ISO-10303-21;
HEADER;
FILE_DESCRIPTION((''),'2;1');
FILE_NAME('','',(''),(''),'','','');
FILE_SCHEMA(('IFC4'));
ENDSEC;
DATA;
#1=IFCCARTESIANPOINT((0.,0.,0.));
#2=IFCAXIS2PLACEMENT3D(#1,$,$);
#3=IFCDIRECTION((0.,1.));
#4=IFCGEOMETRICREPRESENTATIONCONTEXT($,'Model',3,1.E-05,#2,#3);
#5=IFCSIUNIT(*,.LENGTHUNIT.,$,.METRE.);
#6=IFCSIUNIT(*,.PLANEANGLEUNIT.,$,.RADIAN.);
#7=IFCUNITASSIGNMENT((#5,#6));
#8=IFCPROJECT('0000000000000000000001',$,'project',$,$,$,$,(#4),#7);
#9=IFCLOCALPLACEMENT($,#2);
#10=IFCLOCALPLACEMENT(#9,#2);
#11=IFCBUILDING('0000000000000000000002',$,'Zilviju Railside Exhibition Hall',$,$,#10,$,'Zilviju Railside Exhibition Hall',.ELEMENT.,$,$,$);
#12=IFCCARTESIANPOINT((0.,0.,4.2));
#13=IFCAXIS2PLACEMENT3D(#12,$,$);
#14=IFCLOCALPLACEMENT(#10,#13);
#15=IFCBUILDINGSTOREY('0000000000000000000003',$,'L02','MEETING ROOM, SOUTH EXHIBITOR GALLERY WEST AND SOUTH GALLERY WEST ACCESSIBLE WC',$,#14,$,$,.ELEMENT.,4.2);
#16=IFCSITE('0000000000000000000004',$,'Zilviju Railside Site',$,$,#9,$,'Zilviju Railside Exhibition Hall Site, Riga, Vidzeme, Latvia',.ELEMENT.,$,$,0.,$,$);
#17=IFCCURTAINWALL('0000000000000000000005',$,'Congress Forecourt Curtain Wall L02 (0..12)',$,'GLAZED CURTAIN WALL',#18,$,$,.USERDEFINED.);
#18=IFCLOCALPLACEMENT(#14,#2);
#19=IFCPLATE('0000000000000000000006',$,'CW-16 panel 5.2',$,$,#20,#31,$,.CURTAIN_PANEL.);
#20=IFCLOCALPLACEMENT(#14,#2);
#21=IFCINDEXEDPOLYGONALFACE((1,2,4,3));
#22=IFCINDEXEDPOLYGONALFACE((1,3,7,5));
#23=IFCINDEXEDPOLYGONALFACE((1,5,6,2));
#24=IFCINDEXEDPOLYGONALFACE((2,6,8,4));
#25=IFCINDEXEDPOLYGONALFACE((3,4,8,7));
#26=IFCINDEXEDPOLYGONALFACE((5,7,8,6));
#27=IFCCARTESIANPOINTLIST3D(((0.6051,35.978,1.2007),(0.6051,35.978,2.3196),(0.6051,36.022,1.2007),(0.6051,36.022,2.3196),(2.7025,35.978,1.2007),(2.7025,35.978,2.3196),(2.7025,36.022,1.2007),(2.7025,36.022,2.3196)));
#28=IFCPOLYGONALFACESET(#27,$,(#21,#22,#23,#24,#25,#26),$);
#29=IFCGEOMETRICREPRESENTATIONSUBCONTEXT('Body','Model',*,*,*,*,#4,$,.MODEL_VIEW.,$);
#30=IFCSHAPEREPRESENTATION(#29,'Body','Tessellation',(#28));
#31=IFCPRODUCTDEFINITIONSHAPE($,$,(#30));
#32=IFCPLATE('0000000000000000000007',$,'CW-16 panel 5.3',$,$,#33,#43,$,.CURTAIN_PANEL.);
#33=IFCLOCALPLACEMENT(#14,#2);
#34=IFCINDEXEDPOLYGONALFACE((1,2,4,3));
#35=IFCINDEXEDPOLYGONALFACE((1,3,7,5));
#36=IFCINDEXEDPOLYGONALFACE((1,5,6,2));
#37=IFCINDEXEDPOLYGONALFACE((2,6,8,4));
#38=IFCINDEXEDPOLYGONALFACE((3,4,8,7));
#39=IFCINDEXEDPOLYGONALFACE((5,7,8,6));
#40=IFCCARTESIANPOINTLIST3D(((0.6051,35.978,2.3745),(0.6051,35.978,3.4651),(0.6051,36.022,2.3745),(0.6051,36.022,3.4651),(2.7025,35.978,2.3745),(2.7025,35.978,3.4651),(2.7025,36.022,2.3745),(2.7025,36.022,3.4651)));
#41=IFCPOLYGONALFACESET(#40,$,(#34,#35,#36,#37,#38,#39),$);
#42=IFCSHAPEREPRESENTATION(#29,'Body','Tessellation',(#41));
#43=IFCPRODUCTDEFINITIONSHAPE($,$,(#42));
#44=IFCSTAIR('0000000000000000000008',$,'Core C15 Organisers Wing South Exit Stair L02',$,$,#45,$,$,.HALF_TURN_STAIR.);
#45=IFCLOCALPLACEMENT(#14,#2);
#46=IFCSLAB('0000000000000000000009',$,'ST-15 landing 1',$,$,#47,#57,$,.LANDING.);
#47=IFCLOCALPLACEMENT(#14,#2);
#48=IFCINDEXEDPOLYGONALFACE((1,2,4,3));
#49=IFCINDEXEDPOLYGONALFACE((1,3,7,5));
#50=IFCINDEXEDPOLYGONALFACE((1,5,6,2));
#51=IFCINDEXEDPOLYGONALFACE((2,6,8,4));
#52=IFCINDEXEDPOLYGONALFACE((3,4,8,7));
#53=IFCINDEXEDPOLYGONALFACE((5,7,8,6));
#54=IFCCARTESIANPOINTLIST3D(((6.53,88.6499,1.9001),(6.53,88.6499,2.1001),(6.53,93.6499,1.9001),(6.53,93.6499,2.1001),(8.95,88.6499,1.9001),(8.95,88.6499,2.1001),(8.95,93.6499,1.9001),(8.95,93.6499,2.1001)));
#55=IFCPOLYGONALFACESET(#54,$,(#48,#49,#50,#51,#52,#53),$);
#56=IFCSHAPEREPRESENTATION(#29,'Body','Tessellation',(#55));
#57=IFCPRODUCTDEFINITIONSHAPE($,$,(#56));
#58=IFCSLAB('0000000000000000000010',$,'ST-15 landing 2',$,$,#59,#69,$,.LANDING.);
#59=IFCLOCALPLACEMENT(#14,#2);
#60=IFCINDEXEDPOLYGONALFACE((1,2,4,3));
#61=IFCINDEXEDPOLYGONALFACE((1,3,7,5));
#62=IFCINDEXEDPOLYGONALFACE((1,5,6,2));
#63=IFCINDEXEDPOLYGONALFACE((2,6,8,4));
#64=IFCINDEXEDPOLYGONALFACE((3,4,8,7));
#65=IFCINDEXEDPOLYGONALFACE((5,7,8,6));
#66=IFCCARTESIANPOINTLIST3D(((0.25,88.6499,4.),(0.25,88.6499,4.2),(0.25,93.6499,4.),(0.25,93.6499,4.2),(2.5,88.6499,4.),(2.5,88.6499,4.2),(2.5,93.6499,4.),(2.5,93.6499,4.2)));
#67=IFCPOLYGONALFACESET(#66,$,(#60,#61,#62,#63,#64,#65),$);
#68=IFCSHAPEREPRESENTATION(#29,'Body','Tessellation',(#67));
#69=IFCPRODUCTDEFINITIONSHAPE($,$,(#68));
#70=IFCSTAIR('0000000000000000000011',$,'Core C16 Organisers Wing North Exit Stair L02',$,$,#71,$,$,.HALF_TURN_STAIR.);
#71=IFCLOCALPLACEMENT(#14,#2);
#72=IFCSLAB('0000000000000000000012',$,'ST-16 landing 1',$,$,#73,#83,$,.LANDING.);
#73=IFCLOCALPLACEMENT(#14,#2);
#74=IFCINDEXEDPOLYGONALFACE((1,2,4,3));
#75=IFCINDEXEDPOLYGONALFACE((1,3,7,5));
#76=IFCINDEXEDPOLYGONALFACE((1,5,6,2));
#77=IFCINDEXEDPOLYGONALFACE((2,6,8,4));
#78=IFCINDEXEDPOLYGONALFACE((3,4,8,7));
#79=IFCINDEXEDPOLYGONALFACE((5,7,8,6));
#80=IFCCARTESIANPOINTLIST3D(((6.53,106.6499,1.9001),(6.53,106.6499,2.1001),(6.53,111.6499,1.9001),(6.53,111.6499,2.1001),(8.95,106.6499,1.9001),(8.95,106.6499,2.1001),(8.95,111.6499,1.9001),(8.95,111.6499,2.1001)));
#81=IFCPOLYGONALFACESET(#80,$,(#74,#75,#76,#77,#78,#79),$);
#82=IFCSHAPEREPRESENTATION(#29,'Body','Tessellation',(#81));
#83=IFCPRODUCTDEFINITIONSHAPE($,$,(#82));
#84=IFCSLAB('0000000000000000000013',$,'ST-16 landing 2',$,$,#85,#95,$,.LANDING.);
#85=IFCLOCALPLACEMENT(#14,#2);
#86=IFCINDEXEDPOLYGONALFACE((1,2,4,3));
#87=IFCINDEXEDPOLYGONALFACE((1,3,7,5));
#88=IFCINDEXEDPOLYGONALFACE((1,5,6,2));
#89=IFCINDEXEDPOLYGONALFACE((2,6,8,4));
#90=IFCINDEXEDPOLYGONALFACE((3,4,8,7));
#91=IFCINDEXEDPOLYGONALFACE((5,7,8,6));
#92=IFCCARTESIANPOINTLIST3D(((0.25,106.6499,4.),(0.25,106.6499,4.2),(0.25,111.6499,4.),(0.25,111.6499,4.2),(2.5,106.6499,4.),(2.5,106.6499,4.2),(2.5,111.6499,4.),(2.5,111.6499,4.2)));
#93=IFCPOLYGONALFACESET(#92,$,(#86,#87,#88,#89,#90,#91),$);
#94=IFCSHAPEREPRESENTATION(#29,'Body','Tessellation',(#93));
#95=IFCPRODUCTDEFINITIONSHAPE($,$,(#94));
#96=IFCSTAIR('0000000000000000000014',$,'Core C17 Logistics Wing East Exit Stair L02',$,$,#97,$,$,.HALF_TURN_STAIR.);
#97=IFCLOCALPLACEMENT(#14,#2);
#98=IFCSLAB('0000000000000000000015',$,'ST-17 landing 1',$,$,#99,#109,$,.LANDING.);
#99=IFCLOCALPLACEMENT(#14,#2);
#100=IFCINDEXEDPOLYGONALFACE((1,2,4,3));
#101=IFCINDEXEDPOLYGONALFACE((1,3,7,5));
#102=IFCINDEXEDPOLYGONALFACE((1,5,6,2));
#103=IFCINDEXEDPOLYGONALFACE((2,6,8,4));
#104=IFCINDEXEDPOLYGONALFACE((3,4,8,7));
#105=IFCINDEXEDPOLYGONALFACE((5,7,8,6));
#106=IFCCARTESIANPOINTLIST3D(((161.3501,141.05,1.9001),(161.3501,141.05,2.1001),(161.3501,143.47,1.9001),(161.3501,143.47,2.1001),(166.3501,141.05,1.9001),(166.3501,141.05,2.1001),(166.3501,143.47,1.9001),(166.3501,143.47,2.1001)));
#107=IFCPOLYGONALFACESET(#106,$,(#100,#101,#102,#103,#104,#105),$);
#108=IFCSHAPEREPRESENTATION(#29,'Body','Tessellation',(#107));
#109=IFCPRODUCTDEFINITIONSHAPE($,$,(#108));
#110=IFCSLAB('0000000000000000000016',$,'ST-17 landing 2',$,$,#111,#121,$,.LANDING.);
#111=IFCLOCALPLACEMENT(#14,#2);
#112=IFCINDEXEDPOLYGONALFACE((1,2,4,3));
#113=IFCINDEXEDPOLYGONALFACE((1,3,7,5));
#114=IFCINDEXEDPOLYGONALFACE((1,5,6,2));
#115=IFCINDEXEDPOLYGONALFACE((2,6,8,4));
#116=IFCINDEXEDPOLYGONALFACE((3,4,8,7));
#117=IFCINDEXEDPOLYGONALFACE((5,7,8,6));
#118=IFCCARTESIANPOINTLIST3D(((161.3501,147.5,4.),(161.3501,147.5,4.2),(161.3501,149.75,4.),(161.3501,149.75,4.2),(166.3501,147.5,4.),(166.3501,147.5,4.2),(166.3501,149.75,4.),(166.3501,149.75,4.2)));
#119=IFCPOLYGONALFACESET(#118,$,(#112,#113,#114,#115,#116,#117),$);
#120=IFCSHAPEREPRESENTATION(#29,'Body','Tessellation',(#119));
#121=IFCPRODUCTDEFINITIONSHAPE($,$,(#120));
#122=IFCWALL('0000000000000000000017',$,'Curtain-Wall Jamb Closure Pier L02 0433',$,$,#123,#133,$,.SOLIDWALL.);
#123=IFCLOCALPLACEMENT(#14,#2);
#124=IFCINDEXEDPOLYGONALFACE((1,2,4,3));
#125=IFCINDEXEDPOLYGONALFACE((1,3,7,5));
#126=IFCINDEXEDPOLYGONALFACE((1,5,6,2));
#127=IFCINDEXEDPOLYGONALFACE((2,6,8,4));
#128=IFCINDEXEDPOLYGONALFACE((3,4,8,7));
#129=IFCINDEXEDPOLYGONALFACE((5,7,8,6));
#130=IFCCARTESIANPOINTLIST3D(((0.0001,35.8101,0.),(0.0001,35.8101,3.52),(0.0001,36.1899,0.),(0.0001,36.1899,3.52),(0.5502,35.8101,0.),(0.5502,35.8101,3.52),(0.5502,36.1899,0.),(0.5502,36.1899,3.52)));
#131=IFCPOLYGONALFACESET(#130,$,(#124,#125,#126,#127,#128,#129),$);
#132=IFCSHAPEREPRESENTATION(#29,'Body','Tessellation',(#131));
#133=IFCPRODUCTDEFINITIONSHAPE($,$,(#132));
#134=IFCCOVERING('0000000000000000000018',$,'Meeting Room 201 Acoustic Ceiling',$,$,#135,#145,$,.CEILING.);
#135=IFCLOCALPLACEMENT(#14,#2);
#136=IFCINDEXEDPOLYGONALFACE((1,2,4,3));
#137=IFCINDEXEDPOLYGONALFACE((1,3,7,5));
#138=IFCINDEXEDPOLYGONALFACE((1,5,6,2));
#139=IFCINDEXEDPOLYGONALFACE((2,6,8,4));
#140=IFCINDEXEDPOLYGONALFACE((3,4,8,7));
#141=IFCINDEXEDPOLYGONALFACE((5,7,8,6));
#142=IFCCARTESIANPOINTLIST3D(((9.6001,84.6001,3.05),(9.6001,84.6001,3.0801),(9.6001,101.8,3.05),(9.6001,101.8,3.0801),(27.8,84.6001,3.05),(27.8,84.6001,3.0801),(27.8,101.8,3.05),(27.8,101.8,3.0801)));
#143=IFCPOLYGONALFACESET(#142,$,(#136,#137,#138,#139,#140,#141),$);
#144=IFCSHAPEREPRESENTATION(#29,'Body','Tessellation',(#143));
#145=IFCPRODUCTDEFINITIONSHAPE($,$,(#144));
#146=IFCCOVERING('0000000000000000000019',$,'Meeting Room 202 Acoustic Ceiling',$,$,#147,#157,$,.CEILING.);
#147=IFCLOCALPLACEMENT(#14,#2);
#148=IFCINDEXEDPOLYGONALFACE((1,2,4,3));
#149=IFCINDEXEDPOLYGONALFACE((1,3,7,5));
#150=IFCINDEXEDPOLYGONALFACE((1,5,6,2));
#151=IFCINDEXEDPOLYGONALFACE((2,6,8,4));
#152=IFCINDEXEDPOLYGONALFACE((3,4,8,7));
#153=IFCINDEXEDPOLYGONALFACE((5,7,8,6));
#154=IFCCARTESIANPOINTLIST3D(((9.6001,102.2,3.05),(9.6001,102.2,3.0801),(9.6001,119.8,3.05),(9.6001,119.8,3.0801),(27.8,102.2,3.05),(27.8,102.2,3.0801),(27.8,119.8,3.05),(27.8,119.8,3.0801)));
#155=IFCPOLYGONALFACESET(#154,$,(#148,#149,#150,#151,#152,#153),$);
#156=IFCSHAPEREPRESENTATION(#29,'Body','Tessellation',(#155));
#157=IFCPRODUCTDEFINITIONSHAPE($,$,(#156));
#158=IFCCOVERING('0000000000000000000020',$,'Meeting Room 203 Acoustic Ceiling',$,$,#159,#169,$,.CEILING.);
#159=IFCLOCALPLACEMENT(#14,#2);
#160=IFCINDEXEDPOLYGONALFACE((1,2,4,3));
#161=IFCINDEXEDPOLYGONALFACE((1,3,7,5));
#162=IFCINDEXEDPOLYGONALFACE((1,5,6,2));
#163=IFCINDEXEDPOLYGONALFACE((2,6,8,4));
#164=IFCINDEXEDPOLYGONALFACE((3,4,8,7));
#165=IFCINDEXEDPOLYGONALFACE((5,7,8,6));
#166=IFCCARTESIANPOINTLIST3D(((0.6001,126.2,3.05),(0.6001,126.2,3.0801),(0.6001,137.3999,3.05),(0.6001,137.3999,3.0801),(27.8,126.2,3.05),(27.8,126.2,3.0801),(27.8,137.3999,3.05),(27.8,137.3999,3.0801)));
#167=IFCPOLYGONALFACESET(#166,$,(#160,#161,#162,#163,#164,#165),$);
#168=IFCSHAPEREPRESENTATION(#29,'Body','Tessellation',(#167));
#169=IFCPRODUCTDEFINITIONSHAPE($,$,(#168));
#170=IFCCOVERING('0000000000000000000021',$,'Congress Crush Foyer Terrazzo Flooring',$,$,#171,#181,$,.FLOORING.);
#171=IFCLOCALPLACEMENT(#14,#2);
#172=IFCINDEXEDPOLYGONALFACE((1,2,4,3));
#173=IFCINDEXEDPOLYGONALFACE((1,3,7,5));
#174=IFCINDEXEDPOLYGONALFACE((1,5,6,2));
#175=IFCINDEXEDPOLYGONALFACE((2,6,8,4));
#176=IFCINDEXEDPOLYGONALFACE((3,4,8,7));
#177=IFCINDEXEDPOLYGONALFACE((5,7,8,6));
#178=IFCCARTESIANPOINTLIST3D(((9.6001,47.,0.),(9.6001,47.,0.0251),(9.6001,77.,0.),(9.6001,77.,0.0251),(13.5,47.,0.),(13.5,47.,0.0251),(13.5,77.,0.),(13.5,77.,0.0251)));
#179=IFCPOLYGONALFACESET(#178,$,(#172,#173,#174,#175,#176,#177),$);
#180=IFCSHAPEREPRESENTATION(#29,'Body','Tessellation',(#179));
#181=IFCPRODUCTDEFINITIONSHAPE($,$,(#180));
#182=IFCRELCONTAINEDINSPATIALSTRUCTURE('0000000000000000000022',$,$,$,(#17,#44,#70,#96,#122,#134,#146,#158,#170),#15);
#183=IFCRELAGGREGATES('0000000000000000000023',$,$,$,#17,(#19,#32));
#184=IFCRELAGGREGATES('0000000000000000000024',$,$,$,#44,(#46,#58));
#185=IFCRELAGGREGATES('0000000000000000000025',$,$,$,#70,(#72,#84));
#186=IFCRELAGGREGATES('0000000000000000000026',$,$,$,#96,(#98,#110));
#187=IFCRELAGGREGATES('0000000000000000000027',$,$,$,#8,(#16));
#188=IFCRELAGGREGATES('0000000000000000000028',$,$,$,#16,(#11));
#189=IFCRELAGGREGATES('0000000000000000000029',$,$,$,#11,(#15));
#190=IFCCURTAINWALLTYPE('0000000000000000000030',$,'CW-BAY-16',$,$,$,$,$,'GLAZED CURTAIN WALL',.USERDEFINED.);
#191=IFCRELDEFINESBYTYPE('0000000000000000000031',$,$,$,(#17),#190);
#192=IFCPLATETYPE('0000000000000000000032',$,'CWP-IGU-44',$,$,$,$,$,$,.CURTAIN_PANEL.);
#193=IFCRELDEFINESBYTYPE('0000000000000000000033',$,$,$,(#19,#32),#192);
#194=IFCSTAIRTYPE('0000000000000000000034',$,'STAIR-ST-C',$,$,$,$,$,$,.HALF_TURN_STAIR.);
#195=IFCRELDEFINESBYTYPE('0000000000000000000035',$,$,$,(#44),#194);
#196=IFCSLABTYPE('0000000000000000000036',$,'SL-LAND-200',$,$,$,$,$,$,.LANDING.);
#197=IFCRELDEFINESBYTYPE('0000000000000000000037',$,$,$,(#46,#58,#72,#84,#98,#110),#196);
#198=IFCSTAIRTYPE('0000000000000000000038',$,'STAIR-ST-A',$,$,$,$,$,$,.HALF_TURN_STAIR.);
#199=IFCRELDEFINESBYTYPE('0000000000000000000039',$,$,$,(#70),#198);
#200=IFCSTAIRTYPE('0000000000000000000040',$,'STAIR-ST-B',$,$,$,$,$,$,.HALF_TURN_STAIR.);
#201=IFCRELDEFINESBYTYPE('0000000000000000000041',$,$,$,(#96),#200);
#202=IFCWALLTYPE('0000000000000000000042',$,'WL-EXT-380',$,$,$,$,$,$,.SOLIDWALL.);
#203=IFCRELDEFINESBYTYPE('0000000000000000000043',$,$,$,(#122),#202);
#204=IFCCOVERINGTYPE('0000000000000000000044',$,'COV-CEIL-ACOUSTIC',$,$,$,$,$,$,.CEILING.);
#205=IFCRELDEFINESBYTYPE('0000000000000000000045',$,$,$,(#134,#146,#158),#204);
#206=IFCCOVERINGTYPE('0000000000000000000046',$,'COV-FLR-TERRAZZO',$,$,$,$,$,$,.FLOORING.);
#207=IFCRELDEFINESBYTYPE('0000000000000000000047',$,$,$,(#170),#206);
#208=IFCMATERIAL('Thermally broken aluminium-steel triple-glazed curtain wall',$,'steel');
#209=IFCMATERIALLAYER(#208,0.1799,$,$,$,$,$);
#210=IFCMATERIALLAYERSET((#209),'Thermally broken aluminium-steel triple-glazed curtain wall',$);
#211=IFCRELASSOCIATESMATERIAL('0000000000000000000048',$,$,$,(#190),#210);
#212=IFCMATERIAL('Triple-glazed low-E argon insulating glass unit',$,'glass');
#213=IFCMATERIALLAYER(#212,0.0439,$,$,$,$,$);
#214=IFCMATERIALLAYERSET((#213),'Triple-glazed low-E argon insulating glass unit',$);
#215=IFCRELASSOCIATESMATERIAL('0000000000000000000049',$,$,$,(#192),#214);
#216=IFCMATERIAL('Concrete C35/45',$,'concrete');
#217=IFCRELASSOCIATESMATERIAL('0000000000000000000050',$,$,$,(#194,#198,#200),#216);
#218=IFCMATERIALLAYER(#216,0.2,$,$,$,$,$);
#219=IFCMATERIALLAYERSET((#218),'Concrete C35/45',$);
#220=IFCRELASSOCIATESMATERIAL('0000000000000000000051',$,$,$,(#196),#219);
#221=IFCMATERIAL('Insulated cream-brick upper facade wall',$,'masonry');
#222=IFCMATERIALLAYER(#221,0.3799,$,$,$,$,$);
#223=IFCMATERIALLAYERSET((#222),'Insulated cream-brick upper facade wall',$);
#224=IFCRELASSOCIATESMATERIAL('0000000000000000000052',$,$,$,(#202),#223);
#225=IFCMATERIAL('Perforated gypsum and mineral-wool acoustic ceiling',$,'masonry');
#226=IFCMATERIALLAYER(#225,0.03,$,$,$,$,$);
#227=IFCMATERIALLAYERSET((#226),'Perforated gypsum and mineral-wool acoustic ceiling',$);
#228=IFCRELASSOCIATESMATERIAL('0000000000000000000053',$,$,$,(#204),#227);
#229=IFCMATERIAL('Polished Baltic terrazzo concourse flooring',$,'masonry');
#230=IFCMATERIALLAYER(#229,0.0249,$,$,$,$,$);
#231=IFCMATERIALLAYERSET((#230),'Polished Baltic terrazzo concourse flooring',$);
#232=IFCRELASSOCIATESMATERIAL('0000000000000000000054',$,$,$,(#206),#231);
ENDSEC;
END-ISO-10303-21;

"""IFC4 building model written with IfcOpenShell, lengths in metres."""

from ifc_helpers import new_model, si_unit, direction, frame, frame_2d, origin, origin_2d, place, context, subcontext, project, spatial, polyline, rectangle, outline, extrude, material, layer, layer_set, type_object, element, aggregate, save


model = new_model("IFC4")

# Units and contexts
model_context = context("Model", 3, precision=1e-05, world=origin(), true_north=direction((0.0, 1.0)))
body_context = subcontext(model_context, "Body", "Model", "MODEL_VIEW")
ifc_project = project(units=[si_unit("LENGTHUNIT", "METRE"), si_unit("PLANEANGLEUNIT", "RADIAN")], contexts=[model_context])

# Site, building, storey
site_placement = place(None, origin())
site = spatial("IfcSite", under=ifc_project, at=site_placement, Name="Zilviju Railside Site", LongName="Zilviju Railside Exhibition Hall Site, Riga, Vidzeme, Latvia", CompositionType="ELEMENT", RefElevation=0.0)
building_placement = place(site_placement, origin())
building = spatial("IfcBuilding", under=site, at=building_placement, Name="Zilviju Railside Exhibition Hall", LongName="Zilviju Railside Exhibition Hall", CompositionType="ELEMENT")
storey_placement = place(building_placement, frame((0.0, 0.0, 4.2)))
storey = spatial("IfcBuildingStorey", under=building, at=storey_placement, Name="L02", Description="MEETING ROOM, SOUTH EXHIBITOR GALLERY WEST AND SOUTH GALLERY WEST ACCESSIBLE WC", CompositionType="ELEMENT", Elevation=4.2)

# Curtain wall, plates
ifc_material_1 = material(Name="Thermally broken aluminium-steel triple-glazed curtain wall", Category="steel")
ifc_layer_1 = layer(ifc_material_1, 0.1799)
ifc_layer_set_1 = layer_set([ifc_layer_1], Name="Thermally broken aluminium-steel triple-glazed curtain wall")
curtain_wall_type = type_object("IfcCurtainWallType", Name="CW-BAY-16", ElementType="GLAZED CURTAIN WALL", PredefinedType="USERDEFINED", material=ifc_layer_set_1)
curtain_wall_placement = place(storey_placement, origin())
curtain_wall = element("IfcCurtainWall", 1, at=curtain_wall_placement, inside=storey, type_object=curtain_wall_type, Name="Congress Forecourt Curtain Wall L02 (0..12)", ObjectType="GLAZED CURTAIN WALL", PredefinedType="USERDEFINED")
ifc_material_2 = material(Name="Triple-glazed low-E argon insulating glass unit", Category="glass")
ifc_layer_2 = layer(ifc_material_2, 0.0439)
ifc_layer_set_2 = layer_set([ifc_layer_2], Name="Triple-glazed low-E argon insulating glass unit")
plate_type = type_object("IfcPlateType", Name="CWP-IGU-44", PredefinedType="CURTAIN_PANEL", material=ifc_layer_set_2)
plate_1_placement = place(storey_placement, frame((1.6538, 36.0, 1.2007), z_axis=(0.0, 0.0, 1.0), x_axis=(-1.0, 0.0, 0.0)))
plate_1 = element("IfcPlate", 2, at=plate_1_placement, type_object=plate_type, Name="CW-16 panel 5.2", PredefinedType="CURTAIN_PANEL", context=body_context, shape_type="SweptSolid", body=[
    extrude(rectangle(XDim=2.0974, YDim=0.0439, at=origin_2d()), origin(), (0.0, 0.0, 1.0), 1.1189),
])
plate_2_placement = place(storey_placement, frame((1.6538, 36.0, 2.3745), z_axis=(0.0, 0.0, 1.0), x_axis=(-1.0, 0.0, 0.0)))
plate_2 = element("IfcPlate", 3, at=plate_2_placement, type_object=plate_type, Name="CW-16 panel 5.3", PredefinedType="CURTAIN_PANEL", context=body_context, shape_type="SweptSolid", body=[
    extrude(rectangle(XDim=2.0974, YDim=0.0439, at=origin_2d()), origin(), (0.0, 0.0, 1.0), 1.0906),
])
aggregate(curtain_wall, [plate_1, plate_2])

# Stairs, slabs
ifc_material_3 = material(Name="Concrete C35/45", Category="concrete")
stair_type_1 = type_object("IfcStairType", Name="STAIR-ST-C", PredefinedType="HALF_TURN_STAIR", material=ifc_material_3)
stair_1_placement = place(storey_placement, origin())
stair_1 = element("IfcStair", 4, at=stair_1_placement, inside=storey, type_object=stair_type_1, Name="Core C15 Organisers Wing South Exit Stair L02", PredefinedType="HALF_TURN_STAIR")
ifc_layer_3 = layer(ifc_material_3, 0.2)
ifc_layer_set_3 = layer_set([ifc_layer_3], Name="Concrete C35/45")
slab_type = type_object("IfcSlabType", Name="SL-LAND-200", PredefinedType="LANDING", material=ifc_layer_set_3)
slab_1_placement = place(storey_placement, frame((0.0, 0.0, 1.9001)))
slab_1 = element("IfcSlab", 5, at=slab_1_placement, type_object=slab_type, Name="ST-15 landing 1", PredefinedType="LANDING", context=body_context, shape_type="SweptSolid", body=[
    extrude(outline(polyline([(6.53, 88.6499), (6.53, 93.6499), (8.95, 93.6499), (8.95, 88.6499), (6.53, 88.6499)])), origin(), (0.0, 0.0, 1.0), 0.2),
])
slab_2_placement = place(storey_placement, frame((0.0, 0.0, 4.0)))
slab_2 = element("IfcSlab", 6, at=slab_2_placement, type_object=slab_type, Name="ST-15 landing 2", PredefinedType="LANDING", context=body_context, shape_type="SweptSolid", body=[
    extrude(outline(polyline([(0.25, 88.6499), (0.25, 93.6499), (2.5, 93.6499), (2.5, 88.6499), (0.25, 88.6499)])), origin(), (0.0, 0.0, 1.0), 0.2),
])
aggregate(stair_1, [slab_1, slab_2])
stair_type_2 = type_object("IfcStairType", Name="STAIR-ST-A", PredefinedType="HALF_TURN_STAIR", material=ifc_material_3)
stair_2_placement = place(storey_placement, origin())
stair_2 = element("IfcStair", 7, at=stair_2_placement, inside=storey, type_object=stair_type_2, Name="Core C16 Organisers Wing North Exit Stair L02", PredefinedType="HALF_TURN_STAIR")
slab_3_placement = place(storey_placement, frame((0.0, 0.0, 1.9001)))
slab_3 = element("IfcSlab", 8, at=slab_3_placement, type_object=slab_type, Name="ST-16 landing 1", PredefinedType="LANDING", context=body_context, shape_type="SweptSolid", body=[
    extrude(outline(polyline([(6.53, 106.6499), (6.53, 111.6499), (8.95, 111.6499), (8.95, 106.6499), (6.53, 106.6499)])), origin(), (0.0, 0.0, 1.0), 0.2),
])
slab_4_placement = place(storey_placement, frame((0.0, 0.0, 4.0)))
slab_4 = element("IfcSlab", 9, at=slab_4_placement, type_object=slab_type, Name="ST-16 landing 2", PredefinedType="LANDING", context=body_context, shape_type="SweptSolid", body=[
    extrude(outline(polyline([(0.25, 106.6499), (0.25, 111.6499), (2.5, 111.6499), (2.5, 106.6499), (0.25, 106.6499)])), origin(), (0.0, 0.0, 1.0), 0.2),
])
aggregate(stair_2, [slab_3, slab_4])
stair_type_3 = type_object("IfcStairType", Name="STAIR-ST-B", PredefinedType="HALF_TURN_STAIR", material=ifc_material_3)
stair_3_placement = place(storey_placement, origin())
stair_3 = element("IfcStair", 10, at=stair_3_placement, inside=storey, type_object=stair_type_3, Name="Core C17 Logistics Wing East Exit Stair L02", PredefinedType="HALF_TURN_STAIR")
slab_5_placement = place(storey_placement, frame((0.0, 0.0, 1.9001)))
slab_5 = element("IfcSlab", 11, at=slab_5_placement, type_object=slab_type, Name="ST-17 landing 1", PredefinedType="LANDING", context=body_context, shape_type="SweptSolid", body=[
    extrude(outline(polyline([(166.3501, 143.47), (161.3501, 143.47), (161.3501, 141.05), (166.3501, 141.05), (166.3501, 143.47)])), origin(), (0.0, 0.0, 1.0), 0.2),
])
slab_6_placement = place(storey_placement, frame((0.0, 0.0, 4.0)))
slab_6 = element("IfcSlab", 12, at=slab_6_placement, type_object=slab_type, Name="ST-17 landing 2", PredefinedType="LANDING", context=body_context, shape_type="SweptSolid", body=[
    extrude(outline(polyline([(166.3501, 149.75), (161.3501, 149.75), (161.3501, 147.5), (166.3501, 147.5), (166.3501, 149.75)])), origin(), (0.0, 0.0, 1.0), 0.2),
])
aggregate(stair_3, [slab_5, slab_6])

# Wall
ifc_material_4 = material(Name="Insulated cream-brick upper facade wall", Category="masonry")
ifc_layer_4 = layer(ifc_material_4, 0.3799)
ifc_layer_set_4 = layer_set([ifc_layer_4], Name="Insulated cream-brick upper facade wall")
wall_type = type_object("IfcWallType", Name="WL-EXT-380", PredefinedType="SOLIDWALL", material=ifc_layer_set_4)
wall_placement = place(storey_placement, frame((0.55, 36.0, 0.0), z_axis=(0.0, 0.0, 1.0), x_axis=(-1.0, 0.0, 0.0)))
element("IfcWall", 13, at=wall_placement, inside=storey, type_object=wall_type, Name="Curtain-Wall Jamb Closure Pier L02 0433", PredefinedType="SOLIDWALL", context=body_context, shape_type="SweptSolid", body=[
    extrude(rectangle(XDim=0.55, YDim=0.3799, at=frame_2d((0.2749, 0.0))), origin(), (0.0, 0.0, 1.0), 3.52),
])

# Coverings
ifc_material_5 = material(Name="Perforated gypsum and mineral-wool acoustic ceiling", Category="masonry")
ifc_layer_5 = layer(ifc_material_5, 0.03)
ifc_layer_set_5 = layer_set([ifc_layer_5], Name="Perforated gypsum and mineral-wool acoustic ceiling")
covering_type_1 = type_object("IfcCoveringType", Name="COV-CEIL-ACOUSTIC", PredefinedType="CEILING", material=ifc_layer_set_5)
covering_1_placement = place(storey_placement, frame((0.0, 0.0, 3.05)))
element("IfcCovering", 14, at=covering_1_placement, inside=storey, type_object=covering_type_1, Name="Meeting Room 201 Acoustic Ceiling", PredefinedType="CEILING", context=body_context, shape_type="SweptSolid", body=[
    extrude(outline(polyline([(9.6001, 84.6001), (27.8, 84.6001), (27.8, 101.8), (9.6001, 101.8), (9.6001, 84.6001)])), origin(), (0.0, 0.0, 1.0), 0.03),
])
covering_2_placement = place(storey_placement, frame((0.0, 0.0, 3.05)))
element("IfcCovering", 15, at=covering_2_placement, inside=storey, type_object=covering_type_1, Name="Meeting Room 202 Acoustic Ceiling", PredefinedType="CEILING", context=body_context, shape_type="SweptSolid", body=[
    extrude(outline(polyline([(9.6001, 102.2), (27.8, 102.2), (27.8, 119.8), (9.6001, 119.8), (9.6001, 102.2)])), origin(), (0.0, 0.0, 1.0), 0.03),
])
covering_3_placement = place(storey_placement, frame((0.0, 0.0, 3.05)))
element("IfcCovering", 16, at=covering_3_placement, inside=storey, type_object=covering_type_1, Name="Meeting Room 203 Acoustic Ceiling", PredefinedType="CEILING", context=body_context, shape_type="SweptSolid", body=[
    extrude(outline(polyline([(0.6001, 126.2), (27.8, 126.2), (27.8, 137.3999), (0.6001, 137.3999), (0.6001, 126.2)])), origin(), (0.0, 0.0, 1.0), 0.03),
])
ifc_material_6 = material(Name="Polished Baltic terrazzo concourse flooring", Category="masonry")
ifc_layer_6 = layer(ifc_material_6, 0.0249)
ifc_layer_set_6 = layer_set([ifc_layer_6], Name="Polished Baltic terrazzo concourse flooring")
covering_type_2 = type_object("IfcCoveringType", Name="COV-FLR-TERRAZZO", PredefinedType="FLOORING", material=ifc_layer_set_6)
covering_4_placement = place(storey_placement, origin())
element("IfcCovering", 17, at=covering_4_placement, inside=storey, type_object=covering_type_2, Name="Congress Crush Foyer Terrazzo Flooring", PredefinedType="FLOORING", context=body_context, shape_type="SweptSolid", body=[
    extrude(outline(polyline([(9.6001, 47.0), (13.5, 47.0), (13.5, 77.0), (9.6001, 77.0), (9.6001, 47.0)])), origin(), (0.0, 0.0, 1.0), 0.0251),
])

save(model, "model.ifc")
